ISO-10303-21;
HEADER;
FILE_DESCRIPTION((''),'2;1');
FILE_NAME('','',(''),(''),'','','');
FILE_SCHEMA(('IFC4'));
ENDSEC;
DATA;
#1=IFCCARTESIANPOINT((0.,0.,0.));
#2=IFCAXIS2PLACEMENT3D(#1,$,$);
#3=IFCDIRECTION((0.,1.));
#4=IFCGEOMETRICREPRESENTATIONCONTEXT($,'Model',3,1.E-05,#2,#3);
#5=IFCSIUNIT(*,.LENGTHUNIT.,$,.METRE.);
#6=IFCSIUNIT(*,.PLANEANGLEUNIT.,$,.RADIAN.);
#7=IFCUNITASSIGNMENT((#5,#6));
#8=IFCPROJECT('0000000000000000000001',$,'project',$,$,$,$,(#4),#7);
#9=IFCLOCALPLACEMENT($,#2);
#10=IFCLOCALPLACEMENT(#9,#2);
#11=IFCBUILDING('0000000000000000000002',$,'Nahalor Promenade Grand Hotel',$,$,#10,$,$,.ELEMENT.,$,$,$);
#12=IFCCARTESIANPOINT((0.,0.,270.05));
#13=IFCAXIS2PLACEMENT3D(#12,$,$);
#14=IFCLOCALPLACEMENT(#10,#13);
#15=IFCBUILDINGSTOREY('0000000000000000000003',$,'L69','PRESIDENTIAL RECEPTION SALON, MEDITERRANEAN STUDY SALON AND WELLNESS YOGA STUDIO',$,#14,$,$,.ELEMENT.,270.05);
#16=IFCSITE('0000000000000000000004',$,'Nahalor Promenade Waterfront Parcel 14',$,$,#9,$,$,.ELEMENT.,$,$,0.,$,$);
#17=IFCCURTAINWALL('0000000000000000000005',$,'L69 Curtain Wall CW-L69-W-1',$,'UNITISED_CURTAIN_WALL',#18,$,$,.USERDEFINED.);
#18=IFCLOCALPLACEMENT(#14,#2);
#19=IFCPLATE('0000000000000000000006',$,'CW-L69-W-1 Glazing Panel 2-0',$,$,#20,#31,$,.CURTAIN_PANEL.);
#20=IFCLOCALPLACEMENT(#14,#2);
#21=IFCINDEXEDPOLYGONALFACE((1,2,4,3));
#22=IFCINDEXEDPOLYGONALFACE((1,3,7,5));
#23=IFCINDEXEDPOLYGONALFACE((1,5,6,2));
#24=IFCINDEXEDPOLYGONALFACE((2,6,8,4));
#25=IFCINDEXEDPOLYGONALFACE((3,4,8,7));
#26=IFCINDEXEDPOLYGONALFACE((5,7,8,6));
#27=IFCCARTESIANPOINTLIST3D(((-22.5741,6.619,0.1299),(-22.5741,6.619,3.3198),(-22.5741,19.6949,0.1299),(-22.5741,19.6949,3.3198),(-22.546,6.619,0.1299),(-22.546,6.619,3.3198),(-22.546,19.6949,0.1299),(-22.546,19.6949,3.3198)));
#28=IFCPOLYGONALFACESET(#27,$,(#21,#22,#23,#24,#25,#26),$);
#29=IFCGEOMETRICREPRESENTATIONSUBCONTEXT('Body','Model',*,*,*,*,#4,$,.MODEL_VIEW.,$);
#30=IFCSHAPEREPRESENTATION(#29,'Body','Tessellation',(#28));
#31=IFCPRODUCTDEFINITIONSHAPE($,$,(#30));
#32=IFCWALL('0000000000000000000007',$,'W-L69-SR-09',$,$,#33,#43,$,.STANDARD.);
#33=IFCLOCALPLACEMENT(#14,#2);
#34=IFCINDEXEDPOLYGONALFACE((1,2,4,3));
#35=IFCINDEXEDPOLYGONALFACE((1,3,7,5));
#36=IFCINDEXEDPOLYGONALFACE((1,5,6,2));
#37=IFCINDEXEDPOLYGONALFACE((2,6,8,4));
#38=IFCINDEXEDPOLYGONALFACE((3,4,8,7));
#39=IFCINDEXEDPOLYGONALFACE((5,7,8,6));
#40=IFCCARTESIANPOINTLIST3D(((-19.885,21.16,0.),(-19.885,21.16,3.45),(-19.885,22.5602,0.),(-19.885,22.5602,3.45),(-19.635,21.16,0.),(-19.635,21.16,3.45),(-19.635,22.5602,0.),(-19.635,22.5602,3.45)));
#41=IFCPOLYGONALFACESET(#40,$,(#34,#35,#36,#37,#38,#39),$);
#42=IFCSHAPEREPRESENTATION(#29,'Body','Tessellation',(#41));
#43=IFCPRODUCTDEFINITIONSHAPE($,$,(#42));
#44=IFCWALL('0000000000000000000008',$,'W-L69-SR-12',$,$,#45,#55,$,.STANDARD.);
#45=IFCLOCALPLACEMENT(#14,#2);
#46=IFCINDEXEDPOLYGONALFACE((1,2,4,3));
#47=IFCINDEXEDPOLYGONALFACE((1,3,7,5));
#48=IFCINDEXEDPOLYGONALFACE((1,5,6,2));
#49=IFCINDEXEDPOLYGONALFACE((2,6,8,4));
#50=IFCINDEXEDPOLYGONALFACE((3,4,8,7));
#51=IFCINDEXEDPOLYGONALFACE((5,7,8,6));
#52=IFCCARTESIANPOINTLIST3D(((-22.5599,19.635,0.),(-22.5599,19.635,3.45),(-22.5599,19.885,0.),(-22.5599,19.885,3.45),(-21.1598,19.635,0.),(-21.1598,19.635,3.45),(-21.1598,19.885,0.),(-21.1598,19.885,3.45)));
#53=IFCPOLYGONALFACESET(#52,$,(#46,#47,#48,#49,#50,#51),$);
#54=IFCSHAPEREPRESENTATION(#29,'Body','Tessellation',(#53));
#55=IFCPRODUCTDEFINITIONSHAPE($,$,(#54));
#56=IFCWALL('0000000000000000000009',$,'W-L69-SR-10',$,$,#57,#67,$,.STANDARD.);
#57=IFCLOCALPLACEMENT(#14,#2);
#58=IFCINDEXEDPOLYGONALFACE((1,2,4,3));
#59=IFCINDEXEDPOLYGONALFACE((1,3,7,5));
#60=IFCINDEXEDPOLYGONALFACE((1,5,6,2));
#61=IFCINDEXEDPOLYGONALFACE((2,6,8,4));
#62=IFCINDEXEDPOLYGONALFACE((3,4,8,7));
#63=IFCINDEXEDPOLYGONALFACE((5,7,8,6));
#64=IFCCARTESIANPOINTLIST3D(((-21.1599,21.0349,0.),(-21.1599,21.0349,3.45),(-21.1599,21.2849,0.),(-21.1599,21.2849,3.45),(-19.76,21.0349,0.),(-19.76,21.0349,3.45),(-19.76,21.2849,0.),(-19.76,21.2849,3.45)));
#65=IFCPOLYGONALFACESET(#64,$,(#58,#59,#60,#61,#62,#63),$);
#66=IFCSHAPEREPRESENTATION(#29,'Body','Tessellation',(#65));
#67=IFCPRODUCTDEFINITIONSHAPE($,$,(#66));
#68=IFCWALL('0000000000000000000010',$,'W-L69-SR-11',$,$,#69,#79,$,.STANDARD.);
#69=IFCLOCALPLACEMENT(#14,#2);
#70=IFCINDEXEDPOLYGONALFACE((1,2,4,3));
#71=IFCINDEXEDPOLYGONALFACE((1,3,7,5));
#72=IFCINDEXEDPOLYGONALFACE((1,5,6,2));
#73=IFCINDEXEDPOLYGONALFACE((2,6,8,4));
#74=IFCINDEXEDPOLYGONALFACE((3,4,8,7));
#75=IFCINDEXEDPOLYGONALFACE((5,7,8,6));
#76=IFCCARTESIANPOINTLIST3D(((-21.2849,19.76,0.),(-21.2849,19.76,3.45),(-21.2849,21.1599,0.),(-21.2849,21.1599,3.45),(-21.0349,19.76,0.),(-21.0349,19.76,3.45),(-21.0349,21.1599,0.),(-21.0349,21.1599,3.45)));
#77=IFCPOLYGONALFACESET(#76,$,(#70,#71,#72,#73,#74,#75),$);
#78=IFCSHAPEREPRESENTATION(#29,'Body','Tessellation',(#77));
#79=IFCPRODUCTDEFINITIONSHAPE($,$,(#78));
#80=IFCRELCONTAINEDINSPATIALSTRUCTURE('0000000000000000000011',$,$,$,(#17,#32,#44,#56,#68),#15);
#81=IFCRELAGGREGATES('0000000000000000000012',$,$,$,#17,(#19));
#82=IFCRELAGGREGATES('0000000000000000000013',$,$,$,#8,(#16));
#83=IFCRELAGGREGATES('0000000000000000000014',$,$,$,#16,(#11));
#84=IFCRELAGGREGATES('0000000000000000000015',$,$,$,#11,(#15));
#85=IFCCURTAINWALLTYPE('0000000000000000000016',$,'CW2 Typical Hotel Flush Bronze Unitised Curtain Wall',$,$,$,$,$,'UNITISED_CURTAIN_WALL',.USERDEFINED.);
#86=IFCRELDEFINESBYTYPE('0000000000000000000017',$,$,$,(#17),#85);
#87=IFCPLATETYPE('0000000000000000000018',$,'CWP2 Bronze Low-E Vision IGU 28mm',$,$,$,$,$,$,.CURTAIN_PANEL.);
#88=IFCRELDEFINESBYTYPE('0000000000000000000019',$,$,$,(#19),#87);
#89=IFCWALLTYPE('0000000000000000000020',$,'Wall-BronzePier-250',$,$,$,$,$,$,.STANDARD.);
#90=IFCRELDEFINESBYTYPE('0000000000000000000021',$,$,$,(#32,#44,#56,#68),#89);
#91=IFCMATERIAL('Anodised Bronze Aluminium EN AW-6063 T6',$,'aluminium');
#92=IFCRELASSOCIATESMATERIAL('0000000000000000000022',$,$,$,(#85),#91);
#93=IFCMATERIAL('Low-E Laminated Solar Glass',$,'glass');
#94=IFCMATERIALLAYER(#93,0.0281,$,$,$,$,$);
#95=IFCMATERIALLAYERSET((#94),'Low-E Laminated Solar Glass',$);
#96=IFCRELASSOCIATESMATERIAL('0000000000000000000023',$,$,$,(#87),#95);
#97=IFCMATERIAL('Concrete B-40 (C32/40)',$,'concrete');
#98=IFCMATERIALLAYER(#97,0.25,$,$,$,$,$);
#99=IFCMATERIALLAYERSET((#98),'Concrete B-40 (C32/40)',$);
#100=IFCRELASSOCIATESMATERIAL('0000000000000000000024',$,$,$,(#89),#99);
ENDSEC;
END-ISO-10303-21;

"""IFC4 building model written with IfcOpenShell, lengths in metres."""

from ifc_helpers import new_model, si_unit, direction, frame, frame_2d, origin, origin_2d, place, context, subcontext, project, spatial, rectangle, extrude, source, transform, mapped, material, layer, layer_set, type_object, element, aggregate, save


model = new_model("IFC4")

# Units and contexts
model_context = context("Model", 3, precision=1e-05, world=origin(), true_north=direction((0.0, 1.0)))
body_context = subcontext(model_context, "Body", "Model", "MODEL_VIEW")
ifc_project = project(units=[si_unit("LENGTHUNIT", "METRE"), si_unit("PLANEANGLEUNIT", "RADIAN")], contexts=[model_context])

# Site, building, storey
site_placement = place(None, origin())
site = spatial("IfcSite", under=ifc_project, at=site_placement, Name="Nahalor Promenade Waterfront Parcel 14", CompositionType="ELEMENT", RefElevation=0.0)
building_placement = place(site_placement, origin())
building = spatial("IfcBuilding", under=site, at=building_placement, Name="Nahalor Promenade Grand Hotel", CompositionType="ELEMENT")
storey_placement = place(building_placement, frame((0.0, 0.0, 270.05)))
storey = spatial("IfcBuildingStorey", under=building, at=storey_placement, Name="L69", Description="PRESIDENTIAL RECEPTION SALON, MEDITERRANEAN STUDY SALON AND WELLNESS YOGA STUDIO", CompositionType="ELEMENT", Elevation=270.05)

# Shared definitions
ifc_material_1 = material(Name="Anodised Bronze Aluminium EN AW-6063 T6", Category="aluminium")
curtain_wall_type = type_object("IfcCurtainWallType", Name="CW2 Typical Hotel Flush Bronze Unitised Curtain Wall", ElementType="UNITISED_CURTAIN_WALL", PredefinedType="USERDEFINED", material=ifc_material_1)

# Curtain wall
curtain_wall_1_placement = place(storey_placement, origin())
curtain_wall_1 = element("IfcCurtainWall", 1, at=curtain_wall_1_placement, inside=storey, type_object=curtain_wall_type, Name="L69 Curtain Wall CW-L69-W-1", ObjectType="UNITISED_CURTAIN_WALL", PredefinedType="USERDEFINED")

# Plate
ifc_material_2 = material(Name="Low-E Laminated Solar Glass", Category="glass")
ifc_layer_1 = layer(ifc_material_2, 0.0281)
ifc_layer_set_1 = layer_set([ifc_layer_1], Name="Low-E Laminated Solar Glass")
plate_type = type_object("IfcPlateType", Name="CWP2 Bronze Low-E Vision IGU 28mm", PredefinedType="CURTAIN_PANEL", material=ifc_layer_set_1)
shared_shape_1 = source(origin(), body_context, "Body", "SweptSolid", [
    extrude(rectangle(XDim=13.0759, YDim=0.0281, at=origin_2d()), origin(), (0.0, 0.0, 1.0), 3.1899),
])
plate_1_placement = place(storey_placement, frame((-22.5601, 13.157, 0.1299), z_axis=(0.0, 0.0, 1.0), x_axis=(0.0, 1.0, 0.0)))
plate_1 = element("IfcPlate", 2, at=plate_1_placement, type_object=plate_type, Name="CW-L69-W-1 Glazing Panel 2-0", PredefinedType="CURTAIN_PANEL", context=body_context, shape_type="MappedRepresentation", body=[
    mapped(shared_shape_1, transform((0.0, 0.0, 0.0), scale=1.0)),
])
aggregate(curtain_wall_1, [plate_1])

# Walls
ifc_material_3 = material(Name="Concrete B-40 (C32/40)", Category="concrete")
ifc_layer_2 = layer(ifc_material_3, 0.25)
ifc_layer_set_2 = layer_set([ifc_layer_2], Name="Concrete B-40 (C32/40)")
wall_type = type_object("IfcWallType", Name="Wall-BronzePier-250", PredefinedType="STANDARD", material=ifc_layer_set_2)
shared_shape_2 = source(origin(), body_context, "Body", "SweptSolid", [
    extrude(rectangle(XDim=1.4001, YDim=0.25, at=frame_2d((0.7002, 0.0))), origin(), (0.0, 0.0, 1.0), 3.45),
])
for number, where, z_axis, x_axis, name in (
    (3, (-19.76, 21.1599, 0.0), (0.0, 0.0, 1.0), (0.0, 1.0, 0.0), "W-L69-SR-09"),
    (4, (-22.5601, 19.76, 0.0), (0.0, 0.0, 1.0), (1.0, 0.0, 0.0), "W-L69-SR-12"),
):
    element("IfcWall", number, at=place(storey_placement, frame(where, z_axis=z_axis, x_axis=x_axis)), inside=storey, type_object=wall_type, Name=name, PredefinedType="STANDARD", context=body_context, shape_type="MappedRepresentation", body=[
        mapped(shared_shape_2, transform((0.0, 0.0, 0.0), scale=1.0)),
    ])
shared_shape_3 = source(origin(), body_context, "Body", "SweptSolid", [
    extrude(rectangle(XDim=1.3999, YDim=0.25, at=frame_2d((0.7, 0.0))), origin(), (0.0, 0.0, 1.0), 3.45),
])
for number, where, z_axis, x_axis, name in (
    (5, (-21.1599, 21.1599, 0.0), (0.0, 0.0, 1.0), (1.0, 0.0, 0.0), "W-L69-SR-10"),
    (6, (-21.1599, 19.76, 0.0), (0.0, 0.0, 1.0), (0.0, 1.0, 0.0), "W-L69-SR-11"),
):
    element("IfcWall", number, at=place(storey_placement, frame(where, z_axis=z_axis, x_axis=x_axis)), inside=storey, type_object=wall_type, Name=name, PredefinedType="STANDARD", context=body_context, shape_type="MappedRepresentation", body=[
        mapped(shared_shape_3, transform((0.0, 0.0, 0.0), scale=1.0)),
    ])

save(model, "model.ifc")
